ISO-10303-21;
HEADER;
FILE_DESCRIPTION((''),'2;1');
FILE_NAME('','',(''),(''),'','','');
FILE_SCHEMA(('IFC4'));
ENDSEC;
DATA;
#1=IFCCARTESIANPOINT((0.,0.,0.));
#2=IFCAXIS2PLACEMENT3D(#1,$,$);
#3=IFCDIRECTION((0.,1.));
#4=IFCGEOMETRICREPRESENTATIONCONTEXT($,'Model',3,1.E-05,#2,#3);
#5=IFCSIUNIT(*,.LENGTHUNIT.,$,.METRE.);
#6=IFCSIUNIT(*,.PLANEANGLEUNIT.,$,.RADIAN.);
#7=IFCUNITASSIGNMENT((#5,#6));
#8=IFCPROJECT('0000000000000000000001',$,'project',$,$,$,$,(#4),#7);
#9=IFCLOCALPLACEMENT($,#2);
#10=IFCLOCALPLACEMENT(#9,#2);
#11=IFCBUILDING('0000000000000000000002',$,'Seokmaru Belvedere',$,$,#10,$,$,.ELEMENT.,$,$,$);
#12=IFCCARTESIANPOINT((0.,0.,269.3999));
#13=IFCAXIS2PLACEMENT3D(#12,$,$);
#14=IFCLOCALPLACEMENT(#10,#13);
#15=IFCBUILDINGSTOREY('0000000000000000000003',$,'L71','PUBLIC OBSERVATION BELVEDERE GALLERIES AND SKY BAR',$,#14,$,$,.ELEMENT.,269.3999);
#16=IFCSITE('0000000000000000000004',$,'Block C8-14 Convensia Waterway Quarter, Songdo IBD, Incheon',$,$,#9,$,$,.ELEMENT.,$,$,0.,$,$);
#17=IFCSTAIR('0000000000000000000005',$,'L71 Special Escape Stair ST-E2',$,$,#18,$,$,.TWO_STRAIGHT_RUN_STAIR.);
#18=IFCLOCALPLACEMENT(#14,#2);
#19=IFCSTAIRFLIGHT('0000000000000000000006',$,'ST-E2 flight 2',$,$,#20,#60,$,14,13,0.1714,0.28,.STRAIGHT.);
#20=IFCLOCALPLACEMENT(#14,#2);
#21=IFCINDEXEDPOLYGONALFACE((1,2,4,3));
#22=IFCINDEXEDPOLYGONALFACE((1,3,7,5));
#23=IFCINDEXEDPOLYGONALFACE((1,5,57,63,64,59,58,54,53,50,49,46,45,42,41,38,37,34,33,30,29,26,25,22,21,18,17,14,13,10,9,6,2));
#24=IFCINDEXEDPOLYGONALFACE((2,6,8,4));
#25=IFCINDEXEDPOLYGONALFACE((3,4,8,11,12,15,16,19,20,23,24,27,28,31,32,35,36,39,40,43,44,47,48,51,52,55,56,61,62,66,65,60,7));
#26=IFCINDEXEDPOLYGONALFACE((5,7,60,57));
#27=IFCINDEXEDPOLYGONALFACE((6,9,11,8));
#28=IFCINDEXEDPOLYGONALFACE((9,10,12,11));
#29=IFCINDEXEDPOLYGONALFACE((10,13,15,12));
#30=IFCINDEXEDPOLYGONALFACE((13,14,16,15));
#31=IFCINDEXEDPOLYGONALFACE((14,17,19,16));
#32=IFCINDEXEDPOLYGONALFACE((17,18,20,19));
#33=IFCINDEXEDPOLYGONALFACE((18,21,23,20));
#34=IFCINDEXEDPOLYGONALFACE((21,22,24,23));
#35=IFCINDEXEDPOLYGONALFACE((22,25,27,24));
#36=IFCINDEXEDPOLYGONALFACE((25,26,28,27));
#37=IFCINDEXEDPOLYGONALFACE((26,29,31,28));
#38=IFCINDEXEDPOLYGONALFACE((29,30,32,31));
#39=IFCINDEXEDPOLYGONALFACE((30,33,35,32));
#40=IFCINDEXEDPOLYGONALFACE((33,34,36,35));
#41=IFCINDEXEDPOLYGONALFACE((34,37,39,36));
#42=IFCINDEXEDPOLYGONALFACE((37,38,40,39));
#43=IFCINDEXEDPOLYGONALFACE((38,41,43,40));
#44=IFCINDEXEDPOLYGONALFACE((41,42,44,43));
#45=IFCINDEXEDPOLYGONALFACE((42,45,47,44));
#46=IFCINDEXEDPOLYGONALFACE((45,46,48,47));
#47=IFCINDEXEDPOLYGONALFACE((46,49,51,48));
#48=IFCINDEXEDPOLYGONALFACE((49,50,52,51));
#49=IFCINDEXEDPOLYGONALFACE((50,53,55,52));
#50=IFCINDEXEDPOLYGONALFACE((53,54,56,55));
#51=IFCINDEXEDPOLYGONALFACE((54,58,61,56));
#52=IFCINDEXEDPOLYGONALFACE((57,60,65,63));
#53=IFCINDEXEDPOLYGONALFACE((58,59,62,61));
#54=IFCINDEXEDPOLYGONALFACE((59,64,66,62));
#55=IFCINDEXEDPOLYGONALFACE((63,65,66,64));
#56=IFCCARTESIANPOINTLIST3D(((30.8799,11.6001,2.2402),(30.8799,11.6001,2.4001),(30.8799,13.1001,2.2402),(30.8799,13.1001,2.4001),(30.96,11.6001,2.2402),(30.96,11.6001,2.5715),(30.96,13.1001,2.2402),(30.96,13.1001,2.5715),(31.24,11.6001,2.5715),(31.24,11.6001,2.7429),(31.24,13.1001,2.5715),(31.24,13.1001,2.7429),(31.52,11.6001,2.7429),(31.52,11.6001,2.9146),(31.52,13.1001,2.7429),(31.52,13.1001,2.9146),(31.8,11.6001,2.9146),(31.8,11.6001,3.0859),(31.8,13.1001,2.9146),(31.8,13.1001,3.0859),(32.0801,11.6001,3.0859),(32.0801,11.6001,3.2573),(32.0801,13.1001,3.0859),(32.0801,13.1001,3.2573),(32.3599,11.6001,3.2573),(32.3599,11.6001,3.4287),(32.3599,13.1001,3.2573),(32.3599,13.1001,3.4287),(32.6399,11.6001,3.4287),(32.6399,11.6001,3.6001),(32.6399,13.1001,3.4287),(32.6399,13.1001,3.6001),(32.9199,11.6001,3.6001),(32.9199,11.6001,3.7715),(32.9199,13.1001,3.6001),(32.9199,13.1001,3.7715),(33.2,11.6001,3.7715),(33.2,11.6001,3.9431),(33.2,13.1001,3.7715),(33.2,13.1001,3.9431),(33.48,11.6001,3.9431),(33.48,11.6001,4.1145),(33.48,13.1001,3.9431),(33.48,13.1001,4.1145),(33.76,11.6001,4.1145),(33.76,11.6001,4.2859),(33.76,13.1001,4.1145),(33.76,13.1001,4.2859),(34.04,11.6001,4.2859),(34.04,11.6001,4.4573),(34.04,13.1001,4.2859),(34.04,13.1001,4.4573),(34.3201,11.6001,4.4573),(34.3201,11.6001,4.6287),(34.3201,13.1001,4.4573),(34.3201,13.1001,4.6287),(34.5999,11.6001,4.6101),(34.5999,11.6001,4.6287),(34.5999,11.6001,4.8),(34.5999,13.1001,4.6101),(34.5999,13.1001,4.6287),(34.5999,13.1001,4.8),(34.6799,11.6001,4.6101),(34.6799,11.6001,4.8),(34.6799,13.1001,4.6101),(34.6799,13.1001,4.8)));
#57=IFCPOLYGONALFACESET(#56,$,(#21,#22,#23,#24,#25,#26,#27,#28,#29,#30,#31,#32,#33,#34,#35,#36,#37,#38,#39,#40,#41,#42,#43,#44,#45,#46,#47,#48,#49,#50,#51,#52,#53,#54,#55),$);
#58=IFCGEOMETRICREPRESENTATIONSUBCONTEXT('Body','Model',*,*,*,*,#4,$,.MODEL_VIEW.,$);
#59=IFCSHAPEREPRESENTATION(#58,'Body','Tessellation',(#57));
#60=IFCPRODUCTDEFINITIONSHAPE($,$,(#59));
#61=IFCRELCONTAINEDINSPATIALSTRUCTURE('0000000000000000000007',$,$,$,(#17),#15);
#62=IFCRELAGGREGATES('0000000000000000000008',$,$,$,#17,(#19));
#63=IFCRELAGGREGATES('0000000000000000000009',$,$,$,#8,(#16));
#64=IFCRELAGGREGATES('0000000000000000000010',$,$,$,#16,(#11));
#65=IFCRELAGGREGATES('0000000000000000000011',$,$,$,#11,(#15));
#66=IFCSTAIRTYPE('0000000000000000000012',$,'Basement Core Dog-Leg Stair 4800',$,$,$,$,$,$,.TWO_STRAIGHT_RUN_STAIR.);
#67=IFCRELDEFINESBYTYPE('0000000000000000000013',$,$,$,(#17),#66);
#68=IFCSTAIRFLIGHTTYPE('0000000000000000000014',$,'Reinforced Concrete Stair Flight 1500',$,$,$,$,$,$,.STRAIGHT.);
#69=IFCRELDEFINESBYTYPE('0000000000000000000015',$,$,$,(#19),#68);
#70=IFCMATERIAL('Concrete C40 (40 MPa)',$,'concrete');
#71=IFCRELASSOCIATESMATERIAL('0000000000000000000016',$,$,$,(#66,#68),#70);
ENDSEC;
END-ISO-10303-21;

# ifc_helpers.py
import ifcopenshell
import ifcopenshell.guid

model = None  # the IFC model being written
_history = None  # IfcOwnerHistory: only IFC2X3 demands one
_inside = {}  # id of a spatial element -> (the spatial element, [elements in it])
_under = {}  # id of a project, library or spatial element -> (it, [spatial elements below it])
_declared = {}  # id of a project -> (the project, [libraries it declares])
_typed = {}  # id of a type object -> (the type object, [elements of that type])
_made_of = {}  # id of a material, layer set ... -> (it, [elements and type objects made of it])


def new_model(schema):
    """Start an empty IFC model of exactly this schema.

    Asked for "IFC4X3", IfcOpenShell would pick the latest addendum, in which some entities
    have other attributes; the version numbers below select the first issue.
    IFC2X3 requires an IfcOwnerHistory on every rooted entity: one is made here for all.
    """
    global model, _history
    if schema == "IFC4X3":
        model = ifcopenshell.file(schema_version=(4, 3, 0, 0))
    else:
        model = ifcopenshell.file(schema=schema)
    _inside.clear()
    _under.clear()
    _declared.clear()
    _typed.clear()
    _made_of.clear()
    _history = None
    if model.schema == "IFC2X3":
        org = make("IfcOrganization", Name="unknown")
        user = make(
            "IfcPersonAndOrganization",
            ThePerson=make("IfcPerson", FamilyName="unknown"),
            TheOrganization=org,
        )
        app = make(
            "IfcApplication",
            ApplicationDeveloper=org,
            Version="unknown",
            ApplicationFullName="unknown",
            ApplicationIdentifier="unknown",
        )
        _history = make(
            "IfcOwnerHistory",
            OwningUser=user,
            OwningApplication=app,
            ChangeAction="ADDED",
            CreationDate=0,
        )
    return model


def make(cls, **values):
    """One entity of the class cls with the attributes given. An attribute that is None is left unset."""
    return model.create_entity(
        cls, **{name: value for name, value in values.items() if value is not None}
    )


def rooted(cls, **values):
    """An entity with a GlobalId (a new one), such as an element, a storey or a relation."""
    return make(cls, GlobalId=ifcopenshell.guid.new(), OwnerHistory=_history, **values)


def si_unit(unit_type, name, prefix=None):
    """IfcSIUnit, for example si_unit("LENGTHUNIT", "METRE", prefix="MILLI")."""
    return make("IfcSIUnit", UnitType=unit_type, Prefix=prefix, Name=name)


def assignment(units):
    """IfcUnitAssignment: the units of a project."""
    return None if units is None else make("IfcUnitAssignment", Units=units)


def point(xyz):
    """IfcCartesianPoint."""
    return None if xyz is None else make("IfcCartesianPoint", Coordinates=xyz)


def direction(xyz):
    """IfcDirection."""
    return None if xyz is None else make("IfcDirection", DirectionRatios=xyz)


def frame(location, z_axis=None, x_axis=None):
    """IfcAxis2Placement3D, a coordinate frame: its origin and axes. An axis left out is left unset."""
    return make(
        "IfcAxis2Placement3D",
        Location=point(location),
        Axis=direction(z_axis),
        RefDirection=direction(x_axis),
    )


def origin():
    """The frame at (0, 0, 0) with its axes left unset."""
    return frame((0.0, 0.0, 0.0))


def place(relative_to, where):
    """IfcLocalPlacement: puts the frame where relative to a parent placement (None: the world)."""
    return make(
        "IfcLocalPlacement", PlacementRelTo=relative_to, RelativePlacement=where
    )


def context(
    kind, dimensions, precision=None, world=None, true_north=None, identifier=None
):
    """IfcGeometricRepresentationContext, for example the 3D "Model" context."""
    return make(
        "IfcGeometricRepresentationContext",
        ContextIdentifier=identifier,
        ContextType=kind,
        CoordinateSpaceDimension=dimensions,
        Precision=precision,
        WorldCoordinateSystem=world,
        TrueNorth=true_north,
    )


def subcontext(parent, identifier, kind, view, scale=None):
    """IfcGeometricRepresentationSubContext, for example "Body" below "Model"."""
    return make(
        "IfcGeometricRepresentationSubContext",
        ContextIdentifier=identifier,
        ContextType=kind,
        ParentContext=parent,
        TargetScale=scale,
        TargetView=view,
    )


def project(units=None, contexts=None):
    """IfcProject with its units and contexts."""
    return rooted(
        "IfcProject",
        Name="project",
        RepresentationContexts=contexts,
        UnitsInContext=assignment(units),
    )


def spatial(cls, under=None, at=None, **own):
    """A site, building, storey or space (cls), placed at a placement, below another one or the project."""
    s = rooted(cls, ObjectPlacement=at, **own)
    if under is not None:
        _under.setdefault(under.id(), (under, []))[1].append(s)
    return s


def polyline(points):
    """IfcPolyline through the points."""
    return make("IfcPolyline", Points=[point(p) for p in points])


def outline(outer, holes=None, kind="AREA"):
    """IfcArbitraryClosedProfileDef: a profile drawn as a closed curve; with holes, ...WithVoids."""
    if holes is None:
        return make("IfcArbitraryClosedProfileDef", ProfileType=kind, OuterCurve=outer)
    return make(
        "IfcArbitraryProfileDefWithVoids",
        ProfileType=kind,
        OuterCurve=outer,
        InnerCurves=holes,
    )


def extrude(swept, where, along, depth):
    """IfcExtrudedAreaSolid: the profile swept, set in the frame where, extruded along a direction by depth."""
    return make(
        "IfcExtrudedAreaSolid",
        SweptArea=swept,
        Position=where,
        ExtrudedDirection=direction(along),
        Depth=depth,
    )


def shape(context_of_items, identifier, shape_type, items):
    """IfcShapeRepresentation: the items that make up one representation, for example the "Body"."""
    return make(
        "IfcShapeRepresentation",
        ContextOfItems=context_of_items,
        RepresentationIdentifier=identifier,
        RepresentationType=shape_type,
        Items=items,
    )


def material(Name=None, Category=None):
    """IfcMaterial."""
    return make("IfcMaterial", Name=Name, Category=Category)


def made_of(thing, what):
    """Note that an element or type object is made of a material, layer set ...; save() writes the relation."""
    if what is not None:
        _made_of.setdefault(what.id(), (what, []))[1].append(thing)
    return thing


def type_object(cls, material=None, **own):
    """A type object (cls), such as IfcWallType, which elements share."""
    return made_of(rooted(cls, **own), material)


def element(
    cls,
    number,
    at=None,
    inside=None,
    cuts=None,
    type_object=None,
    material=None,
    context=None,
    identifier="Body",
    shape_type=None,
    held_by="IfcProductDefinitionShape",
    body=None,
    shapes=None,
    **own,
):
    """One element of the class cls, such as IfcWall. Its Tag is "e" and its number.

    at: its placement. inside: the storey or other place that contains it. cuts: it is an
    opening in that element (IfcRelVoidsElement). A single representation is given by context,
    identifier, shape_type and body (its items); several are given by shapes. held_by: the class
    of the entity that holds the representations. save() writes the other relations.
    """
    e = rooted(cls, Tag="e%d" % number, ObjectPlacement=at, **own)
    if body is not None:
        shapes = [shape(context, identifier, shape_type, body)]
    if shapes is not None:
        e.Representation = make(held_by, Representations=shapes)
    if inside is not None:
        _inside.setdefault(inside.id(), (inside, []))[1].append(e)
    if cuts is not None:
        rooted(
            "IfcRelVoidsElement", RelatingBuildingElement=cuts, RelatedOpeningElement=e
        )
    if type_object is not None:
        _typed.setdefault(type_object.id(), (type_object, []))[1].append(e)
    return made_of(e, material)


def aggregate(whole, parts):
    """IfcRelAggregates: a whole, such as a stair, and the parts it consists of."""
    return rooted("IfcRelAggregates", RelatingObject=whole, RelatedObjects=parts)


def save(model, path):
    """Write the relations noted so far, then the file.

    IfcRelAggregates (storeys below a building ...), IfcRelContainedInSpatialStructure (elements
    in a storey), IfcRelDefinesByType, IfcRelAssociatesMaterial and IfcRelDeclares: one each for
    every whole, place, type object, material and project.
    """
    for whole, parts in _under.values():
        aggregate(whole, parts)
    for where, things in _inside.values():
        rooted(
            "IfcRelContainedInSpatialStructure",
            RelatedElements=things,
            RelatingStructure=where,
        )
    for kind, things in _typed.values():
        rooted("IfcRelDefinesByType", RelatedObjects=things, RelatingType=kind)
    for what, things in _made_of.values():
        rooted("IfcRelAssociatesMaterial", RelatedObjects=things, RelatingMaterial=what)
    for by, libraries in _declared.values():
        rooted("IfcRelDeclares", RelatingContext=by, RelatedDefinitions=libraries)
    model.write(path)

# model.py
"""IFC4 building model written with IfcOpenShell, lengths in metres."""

from ifc_helpers import new_model, si_unit, direction, frame, origin, place, context, subcontext, project, spatial, polyline, outline, extrude, material, type_object, element, aggregate, save


model = new_model("IFC4")

# Units and contexts
model_context = context("Model", 3, precision=1e-05, world=origin(), true_north=direction((0.0, 1.0)))
body_context = subcontext(model_context, "Body", "Model", "MODEL_VIEW")
ifc_project = project(units=[si_unit("LENGTHUNIT", "METRE"), si_unit("PLANEANGLEUNIT", "RADIAN")], contexts=[model_context])

# Site, building, storey
site_placement = place(None, origin())
site = spatial("IfcSite", under=ifc_project, at=site_placement, Name="Block C8-14 Convensia Waterway Quarter, Songdo IBD, Incheon", CompositionType="ELEMENT", RefElevation=0.0)
building_placement = place(site_placement, origin())
building = spatial("IfcBuilding", under=site, at=building_placement, Name="Seokmaru Belvedere", CompositionType="ELEMENT")
storey_placement = place(building_placement, frame((0.0, 0.0, 269.3999)))
storey = spatial("IfcBuildingStorey", under=building, at=storey_placement, Name="L71", Description="PUBLIC OBSERVATION BELVEDERE GALLERIES AND SKY BAR", CompositionType="ELEMENT", Elevation=269.3999)

# Stair, stair flight
ifc_material_1 = material(Name="Concrete C40 (40 MPa)", Category="concrete")
stair_type = type_object("IfcStairType", Name="Basement Core Dog-Leg Stair 4800", PredefinedType="TWO_STRAIGHT_RUN_STAIR", material=ifc_material_1)
stair_placement = place(storey_placement, origin())
stair = element("IfcStair", 1, at=stair_placement, inside=storey, type_object=stair_type, Name="L71 Special Escape Stair ST-E2", PredefinedType="TWO_STRAIGHT_RUN_STAIR")
stair_flight_type = type_object("IfcStairFlightType", Name="Reinforced Concrete Stair Flight 1500", PredefinedType="STRAIGHT", material=ifc_material_1)
stair_flight_1_placement = place(storey_placement, frame((30.96, 12.3501, 2.4001), z_axis=(0.0, 0.0, 1.0), x_axis=(1.0, 0.0, 0.0)))
stair_flight_1 = element("IfcStairFlight", 2, at=stair_flight_1_placement, type_object=stair_flight_type, Name="ST-E2 flight 2", NumberOfRisers=14, NumberOfTreads=13, PredefinedType="STRAIGHT", RiserHeight=0.1714, TreadLength=0.28, context=body_context, shape_type="SweptSolid", body=[
    extrude(outline(polyline([(-0.0801, 0.0), (0.0, 0.1714), (0.28, 0.1714), (0.28, 0.3428), (0.5601, 0.3428), (0.5601, 0.5144), (0.8401, 0.5144), (0.8401, 0.6858), (1.1201, 0.6858), (1.1201, 0.8572), (1.3999, 0.8572), (1.3999, 1.0286), (1.6799, 1.0286), (1.6799, 1.2), (1.96, 1.2), (1.96, 1.3713), (2.24, 1.3713), (2.24, 1.543), (2.52, 1.543), (2.52, 1.7144), (2.8, 1.7144), (2.8, 1.8857), (3.0801, 1.8857), (3.0801, 2.0571), (3.3601, 2.0571), (3.3601, 2.2285), (3.6399, 2.2285), (3.6399, 2.3999), (3.72, 2.3999), (3.72, 2.21), (3.6399, 2.21), (0.0, -0.1599), (-0.0801, -0.1599), (-0.0801, 0.0)])), frame((0.0, 0.75, 0.0), z_axis=(0.0, -1.0, 0.0), x_axis=(1.0, 0.0, 0.0)), (0.0, 0.0, 1.0), 1.5),
])
aggregate(stair, [stair_flight_1])

save(model, "model.ifc")
